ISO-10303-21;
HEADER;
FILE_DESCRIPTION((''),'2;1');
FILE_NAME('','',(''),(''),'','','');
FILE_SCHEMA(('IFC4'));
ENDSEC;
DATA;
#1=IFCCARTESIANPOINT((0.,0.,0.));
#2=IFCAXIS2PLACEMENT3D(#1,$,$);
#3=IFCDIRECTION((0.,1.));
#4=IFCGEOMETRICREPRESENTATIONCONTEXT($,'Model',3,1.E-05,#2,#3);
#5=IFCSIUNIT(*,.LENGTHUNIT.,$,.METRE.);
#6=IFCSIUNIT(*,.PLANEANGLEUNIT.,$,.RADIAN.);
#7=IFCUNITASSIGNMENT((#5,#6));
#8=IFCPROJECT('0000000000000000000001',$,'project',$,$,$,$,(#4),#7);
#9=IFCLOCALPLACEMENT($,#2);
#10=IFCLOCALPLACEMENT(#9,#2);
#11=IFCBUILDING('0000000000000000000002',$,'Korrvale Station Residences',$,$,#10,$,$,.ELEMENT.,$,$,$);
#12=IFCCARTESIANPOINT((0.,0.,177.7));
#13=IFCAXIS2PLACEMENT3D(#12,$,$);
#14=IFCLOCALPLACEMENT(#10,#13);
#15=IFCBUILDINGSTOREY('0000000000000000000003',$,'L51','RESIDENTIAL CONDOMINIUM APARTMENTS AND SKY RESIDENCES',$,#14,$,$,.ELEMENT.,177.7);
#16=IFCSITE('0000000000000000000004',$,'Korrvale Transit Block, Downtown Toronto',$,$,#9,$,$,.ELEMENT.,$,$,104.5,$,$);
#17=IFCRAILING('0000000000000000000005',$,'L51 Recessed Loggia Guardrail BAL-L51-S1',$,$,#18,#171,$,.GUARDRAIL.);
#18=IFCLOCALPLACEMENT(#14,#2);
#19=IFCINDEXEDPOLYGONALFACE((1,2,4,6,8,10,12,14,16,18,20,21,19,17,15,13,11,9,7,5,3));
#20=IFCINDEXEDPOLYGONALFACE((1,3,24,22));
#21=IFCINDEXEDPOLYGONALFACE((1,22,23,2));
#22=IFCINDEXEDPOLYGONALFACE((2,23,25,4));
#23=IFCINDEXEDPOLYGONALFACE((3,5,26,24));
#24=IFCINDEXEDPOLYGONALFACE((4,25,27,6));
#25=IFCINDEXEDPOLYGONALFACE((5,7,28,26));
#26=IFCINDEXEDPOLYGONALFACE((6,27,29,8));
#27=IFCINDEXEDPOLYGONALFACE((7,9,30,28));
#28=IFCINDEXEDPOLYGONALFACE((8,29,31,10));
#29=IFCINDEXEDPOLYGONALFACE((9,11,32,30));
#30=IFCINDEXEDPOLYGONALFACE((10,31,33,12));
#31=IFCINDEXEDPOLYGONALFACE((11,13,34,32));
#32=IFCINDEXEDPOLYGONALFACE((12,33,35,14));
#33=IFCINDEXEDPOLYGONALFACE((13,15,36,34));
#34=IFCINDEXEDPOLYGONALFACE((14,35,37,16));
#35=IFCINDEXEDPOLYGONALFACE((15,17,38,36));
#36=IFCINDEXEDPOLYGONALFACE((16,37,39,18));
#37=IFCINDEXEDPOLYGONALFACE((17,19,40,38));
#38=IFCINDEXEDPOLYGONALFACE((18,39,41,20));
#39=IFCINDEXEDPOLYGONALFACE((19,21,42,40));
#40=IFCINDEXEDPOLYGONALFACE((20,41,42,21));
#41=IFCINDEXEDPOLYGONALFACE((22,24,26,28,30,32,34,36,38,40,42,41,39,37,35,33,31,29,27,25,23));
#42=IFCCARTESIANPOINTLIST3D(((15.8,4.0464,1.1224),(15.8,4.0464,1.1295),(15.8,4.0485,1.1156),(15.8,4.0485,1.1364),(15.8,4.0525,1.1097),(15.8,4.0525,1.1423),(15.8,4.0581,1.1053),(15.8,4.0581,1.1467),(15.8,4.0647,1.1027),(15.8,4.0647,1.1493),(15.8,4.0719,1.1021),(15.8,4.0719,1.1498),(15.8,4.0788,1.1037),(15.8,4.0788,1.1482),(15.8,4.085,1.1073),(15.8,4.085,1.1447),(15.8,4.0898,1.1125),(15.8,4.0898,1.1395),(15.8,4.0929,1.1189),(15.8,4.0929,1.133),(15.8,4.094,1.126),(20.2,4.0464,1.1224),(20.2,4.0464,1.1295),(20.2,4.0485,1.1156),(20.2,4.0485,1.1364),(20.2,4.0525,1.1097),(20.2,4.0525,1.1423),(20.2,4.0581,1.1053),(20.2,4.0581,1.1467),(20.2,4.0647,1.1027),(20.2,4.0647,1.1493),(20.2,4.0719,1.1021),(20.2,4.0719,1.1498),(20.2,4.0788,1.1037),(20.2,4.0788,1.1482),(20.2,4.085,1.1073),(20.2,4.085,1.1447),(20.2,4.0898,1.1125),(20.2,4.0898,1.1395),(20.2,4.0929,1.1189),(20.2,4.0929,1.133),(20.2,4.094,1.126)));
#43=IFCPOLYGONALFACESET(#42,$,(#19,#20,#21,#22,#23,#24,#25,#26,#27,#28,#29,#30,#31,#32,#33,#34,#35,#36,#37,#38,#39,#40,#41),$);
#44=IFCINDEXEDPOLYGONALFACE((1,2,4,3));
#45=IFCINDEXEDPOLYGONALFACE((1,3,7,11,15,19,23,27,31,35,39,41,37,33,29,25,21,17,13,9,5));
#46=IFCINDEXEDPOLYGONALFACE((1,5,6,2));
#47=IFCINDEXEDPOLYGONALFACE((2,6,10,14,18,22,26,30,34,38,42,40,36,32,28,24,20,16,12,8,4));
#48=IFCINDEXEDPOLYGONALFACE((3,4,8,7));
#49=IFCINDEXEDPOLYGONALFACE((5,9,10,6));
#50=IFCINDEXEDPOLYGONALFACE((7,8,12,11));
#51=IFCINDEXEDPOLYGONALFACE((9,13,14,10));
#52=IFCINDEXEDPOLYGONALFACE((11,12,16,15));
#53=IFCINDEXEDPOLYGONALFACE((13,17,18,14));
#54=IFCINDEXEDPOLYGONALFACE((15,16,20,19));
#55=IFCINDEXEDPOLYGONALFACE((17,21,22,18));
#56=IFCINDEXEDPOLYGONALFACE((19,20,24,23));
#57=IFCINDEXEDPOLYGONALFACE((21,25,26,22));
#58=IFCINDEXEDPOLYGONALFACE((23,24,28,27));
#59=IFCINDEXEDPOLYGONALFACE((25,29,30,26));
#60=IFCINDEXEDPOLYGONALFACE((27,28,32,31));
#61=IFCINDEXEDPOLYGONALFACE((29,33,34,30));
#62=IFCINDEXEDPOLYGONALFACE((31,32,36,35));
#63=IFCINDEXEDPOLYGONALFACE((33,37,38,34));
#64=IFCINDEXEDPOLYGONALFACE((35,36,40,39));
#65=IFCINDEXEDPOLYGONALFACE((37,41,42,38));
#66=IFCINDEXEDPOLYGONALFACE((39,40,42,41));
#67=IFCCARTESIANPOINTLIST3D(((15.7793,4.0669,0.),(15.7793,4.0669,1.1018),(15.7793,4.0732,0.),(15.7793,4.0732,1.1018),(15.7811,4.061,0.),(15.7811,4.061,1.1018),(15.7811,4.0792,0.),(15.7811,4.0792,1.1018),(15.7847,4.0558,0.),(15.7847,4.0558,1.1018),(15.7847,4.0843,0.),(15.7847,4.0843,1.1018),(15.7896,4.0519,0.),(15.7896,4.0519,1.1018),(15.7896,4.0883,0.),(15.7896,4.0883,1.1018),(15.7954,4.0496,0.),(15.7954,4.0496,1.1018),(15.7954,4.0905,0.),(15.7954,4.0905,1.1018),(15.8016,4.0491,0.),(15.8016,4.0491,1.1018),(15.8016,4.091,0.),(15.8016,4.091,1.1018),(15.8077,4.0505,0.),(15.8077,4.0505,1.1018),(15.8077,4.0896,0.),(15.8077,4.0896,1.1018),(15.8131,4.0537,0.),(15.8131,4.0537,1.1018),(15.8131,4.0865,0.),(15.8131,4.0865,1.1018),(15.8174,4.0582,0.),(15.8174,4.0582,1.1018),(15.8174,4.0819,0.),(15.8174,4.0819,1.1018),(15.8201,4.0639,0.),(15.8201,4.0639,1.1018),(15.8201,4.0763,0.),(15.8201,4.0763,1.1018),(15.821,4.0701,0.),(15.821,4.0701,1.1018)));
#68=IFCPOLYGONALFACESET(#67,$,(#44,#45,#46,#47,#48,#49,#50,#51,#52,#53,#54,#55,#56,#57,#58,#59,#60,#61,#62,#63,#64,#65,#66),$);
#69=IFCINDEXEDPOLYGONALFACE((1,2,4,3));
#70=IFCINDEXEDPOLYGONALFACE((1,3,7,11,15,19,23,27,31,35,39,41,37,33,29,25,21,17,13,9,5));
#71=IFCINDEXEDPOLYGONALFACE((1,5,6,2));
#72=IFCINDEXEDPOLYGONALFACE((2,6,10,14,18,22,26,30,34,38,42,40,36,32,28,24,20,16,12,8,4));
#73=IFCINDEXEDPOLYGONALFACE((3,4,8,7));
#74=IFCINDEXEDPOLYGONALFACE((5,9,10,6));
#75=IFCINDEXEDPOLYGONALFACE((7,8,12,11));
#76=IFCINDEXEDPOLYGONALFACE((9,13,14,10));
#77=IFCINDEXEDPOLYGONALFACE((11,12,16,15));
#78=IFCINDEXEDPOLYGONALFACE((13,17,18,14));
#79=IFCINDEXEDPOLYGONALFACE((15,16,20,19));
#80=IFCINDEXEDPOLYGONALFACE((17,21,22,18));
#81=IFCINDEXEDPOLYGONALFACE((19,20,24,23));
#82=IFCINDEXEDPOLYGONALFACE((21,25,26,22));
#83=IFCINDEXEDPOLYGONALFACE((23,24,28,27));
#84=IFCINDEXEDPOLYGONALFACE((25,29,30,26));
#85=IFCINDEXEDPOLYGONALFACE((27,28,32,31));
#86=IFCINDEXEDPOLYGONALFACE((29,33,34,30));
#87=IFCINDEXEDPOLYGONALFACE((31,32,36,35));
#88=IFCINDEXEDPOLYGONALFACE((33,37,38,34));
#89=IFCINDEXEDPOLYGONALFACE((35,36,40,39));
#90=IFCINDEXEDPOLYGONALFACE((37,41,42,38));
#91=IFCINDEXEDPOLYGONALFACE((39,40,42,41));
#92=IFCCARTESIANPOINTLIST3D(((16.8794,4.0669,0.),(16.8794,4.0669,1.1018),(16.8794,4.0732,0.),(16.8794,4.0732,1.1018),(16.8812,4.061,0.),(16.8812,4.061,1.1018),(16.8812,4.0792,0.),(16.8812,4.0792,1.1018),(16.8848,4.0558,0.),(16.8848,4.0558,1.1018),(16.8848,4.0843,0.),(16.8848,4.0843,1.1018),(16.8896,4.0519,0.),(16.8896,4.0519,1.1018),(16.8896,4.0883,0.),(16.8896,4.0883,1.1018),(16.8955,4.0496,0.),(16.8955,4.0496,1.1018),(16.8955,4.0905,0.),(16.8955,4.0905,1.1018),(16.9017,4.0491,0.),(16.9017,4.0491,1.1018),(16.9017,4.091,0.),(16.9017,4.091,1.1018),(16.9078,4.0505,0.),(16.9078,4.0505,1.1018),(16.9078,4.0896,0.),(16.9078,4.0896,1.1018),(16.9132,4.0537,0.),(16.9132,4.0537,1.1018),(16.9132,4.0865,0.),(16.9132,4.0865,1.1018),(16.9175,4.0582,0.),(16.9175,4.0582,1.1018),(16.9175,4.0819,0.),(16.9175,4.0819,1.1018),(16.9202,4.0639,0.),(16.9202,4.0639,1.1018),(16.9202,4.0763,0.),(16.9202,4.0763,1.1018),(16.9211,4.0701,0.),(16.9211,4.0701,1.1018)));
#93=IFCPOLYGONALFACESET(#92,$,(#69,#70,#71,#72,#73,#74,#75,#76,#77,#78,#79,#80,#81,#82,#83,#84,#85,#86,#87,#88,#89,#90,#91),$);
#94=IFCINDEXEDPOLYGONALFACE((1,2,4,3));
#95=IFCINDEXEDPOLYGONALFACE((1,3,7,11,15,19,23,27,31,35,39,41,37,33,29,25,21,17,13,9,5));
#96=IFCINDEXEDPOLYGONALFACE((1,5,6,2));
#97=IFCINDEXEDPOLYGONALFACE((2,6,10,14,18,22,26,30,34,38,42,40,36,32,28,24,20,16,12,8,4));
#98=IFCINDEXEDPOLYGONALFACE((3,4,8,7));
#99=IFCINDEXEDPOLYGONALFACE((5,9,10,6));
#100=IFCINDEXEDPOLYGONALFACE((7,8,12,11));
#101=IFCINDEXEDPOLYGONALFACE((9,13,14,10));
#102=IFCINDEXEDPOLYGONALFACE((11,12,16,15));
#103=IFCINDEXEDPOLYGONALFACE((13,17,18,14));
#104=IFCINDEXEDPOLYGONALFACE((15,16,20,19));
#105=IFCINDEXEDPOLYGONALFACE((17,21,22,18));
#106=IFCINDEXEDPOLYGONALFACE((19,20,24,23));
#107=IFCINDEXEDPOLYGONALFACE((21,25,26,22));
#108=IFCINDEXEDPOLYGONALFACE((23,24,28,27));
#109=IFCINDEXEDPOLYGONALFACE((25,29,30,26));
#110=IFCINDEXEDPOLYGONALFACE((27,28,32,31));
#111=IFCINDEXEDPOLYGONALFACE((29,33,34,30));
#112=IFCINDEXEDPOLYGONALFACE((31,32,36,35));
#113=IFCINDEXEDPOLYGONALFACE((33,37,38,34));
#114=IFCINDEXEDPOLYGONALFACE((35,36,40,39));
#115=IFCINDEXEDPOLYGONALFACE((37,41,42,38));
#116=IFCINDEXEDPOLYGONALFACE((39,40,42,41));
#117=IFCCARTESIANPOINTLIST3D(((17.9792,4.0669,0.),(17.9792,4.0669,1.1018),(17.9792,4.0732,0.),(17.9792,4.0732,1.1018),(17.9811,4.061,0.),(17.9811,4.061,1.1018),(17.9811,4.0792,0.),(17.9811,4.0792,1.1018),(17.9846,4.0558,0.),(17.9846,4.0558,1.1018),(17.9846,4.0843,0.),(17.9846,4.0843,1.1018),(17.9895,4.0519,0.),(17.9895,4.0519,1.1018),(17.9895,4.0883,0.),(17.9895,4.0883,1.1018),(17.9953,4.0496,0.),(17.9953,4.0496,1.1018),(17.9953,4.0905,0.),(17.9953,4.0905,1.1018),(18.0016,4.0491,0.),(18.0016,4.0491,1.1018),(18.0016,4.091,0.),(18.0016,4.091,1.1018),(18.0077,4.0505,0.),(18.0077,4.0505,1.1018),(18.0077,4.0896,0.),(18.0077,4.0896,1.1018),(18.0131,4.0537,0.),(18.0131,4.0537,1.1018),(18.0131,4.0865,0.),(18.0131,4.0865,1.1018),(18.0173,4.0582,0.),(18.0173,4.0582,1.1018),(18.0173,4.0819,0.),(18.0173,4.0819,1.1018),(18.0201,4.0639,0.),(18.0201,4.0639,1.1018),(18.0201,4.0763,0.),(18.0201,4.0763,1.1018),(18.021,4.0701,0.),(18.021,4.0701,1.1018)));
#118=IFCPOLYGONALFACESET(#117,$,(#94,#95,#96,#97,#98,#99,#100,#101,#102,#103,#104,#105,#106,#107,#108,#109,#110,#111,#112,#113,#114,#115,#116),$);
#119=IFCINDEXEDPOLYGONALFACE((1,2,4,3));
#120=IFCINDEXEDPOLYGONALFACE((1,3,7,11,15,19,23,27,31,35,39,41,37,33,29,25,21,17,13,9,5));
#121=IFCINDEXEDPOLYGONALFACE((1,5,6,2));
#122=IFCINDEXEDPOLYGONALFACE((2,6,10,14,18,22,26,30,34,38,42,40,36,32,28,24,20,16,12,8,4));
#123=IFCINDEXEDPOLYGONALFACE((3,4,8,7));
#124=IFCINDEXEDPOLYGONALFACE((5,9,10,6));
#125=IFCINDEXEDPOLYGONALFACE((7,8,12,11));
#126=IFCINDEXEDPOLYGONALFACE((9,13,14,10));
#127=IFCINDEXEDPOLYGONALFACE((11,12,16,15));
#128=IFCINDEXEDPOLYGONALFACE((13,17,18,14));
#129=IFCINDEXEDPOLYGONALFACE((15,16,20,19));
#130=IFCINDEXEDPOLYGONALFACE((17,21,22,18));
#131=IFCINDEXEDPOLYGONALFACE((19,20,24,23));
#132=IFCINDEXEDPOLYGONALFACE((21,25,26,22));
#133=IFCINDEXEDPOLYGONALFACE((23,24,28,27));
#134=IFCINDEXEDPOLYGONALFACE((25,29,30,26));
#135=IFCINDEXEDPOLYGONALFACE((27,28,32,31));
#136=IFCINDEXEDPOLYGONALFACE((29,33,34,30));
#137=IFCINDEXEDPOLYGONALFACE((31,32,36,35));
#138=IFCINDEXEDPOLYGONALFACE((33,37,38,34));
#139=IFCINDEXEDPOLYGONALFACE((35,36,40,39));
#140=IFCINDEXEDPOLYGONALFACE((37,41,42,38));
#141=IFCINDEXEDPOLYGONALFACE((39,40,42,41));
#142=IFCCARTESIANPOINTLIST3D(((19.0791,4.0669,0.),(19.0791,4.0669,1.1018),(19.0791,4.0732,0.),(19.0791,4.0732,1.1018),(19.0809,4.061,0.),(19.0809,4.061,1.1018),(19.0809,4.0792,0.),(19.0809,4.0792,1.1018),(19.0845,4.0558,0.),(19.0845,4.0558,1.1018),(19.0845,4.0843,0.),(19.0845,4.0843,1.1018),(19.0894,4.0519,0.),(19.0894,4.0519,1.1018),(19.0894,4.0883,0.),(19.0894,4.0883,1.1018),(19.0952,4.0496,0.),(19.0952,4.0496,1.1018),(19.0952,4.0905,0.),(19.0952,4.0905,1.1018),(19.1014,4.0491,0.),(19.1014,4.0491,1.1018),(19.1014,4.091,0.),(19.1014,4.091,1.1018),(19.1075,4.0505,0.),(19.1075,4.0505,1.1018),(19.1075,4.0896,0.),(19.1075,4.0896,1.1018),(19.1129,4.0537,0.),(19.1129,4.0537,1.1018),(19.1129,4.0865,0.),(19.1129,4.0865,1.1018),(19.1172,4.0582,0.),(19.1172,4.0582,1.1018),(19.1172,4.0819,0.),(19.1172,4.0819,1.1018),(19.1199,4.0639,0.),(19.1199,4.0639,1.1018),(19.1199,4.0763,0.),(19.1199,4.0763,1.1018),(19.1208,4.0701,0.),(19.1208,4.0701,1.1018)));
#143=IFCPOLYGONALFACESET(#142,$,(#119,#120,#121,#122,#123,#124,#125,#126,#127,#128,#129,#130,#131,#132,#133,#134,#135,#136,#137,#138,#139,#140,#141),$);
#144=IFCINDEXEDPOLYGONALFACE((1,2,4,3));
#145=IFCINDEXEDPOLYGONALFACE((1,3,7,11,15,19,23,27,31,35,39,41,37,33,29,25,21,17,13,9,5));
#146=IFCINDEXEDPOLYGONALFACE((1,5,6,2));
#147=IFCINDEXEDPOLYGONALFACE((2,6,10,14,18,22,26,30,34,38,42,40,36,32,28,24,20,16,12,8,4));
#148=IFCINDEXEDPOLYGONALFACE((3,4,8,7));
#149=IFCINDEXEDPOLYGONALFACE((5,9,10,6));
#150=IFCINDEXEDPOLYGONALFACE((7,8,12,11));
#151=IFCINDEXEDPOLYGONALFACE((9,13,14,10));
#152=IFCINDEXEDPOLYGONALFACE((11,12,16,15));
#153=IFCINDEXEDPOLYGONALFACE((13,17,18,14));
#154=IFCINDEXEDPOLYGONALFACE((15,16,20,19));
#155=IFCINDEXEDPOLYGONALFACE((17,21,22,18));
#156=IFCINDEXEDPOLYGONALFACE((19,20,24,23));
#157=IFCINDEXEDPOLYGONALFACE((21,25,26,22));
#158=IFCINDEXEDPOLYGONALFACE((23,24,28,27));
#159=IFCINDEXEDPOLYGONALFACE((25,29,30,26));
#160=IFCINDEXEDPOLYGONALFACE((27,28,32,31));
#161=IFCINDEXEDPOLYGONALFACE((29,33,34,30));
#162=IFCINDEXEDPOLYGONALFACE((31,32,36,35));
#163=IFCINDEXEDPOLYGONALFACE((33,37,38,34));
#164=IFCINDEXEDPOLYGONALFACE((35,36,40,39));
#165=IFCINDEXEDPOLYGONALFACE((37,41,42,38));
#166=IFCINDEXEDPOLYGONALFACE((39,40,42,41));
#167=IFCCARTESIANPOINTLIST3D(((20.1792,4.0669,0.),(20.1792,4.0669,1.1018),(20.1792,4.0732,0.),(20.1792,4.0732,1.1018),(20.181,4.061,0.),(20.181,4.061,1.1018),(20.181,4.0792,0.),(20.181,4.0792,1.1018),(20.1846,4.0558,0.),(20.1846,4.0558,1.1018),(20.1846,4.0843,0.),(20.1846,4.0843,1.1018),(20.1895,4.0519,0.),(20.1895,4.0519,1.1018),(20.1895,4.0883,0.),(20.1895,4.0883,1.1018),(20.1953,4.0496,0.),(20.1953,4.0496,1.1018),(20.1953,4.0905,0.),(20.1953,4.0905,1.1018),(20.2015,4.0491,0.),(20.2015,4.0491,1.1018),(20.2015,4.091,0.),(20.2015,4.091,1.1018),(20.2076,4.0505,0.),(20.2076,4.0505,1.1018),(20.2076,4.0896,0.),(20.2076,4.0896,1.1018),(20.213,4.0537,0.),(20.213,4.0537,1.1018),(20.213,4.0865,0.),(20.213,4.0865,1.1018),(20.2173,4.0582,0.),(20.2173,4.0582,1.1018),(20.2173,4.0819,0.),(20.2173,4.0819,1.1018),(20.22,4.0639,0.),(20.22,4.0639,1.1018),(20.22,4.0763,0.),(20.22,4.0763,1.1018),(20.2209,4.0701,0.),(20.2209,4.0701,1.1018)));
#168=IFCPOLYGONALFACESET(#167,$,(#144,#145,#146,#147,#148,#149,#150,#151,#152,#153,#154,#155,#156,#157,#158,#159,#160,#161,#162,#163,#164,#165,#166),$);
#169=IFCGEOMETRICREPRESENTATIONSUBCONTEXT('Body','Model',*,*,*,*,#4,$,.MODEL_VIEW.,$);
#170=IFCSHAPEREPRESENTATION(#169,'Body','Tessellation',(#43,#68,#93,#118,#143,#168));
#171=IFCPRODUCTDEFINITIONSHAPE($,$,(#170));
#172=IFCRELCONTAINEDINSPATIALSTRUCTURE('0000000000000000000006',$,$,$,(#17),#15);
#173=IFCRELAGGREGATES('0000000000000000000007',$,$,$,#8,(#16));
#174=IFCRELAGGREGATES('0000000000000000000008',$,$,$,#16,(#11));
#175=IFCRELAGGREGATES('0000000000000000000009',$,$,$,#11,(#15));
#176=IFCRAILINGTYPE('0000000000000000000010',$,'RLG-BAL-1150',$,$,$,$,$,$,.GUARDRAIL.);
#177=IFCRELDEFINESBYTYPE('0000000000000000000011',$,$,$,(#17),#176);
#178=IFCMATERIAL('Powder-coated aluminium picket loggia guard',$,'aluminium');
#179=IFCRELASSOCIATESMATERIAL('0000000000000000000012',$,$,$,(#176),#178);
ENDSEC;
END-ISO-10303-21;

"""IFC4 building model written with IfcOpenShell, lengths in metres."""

from ifc_helpers import new_model, si_unit, direction, frame, origin, origin_2d, place, context, subcontext, project, spatial, circle, extrude, material, type_object, element, save


model = new_model("IFC4")

# Units and contexts
model_context = context("Model", 3, precision=1e-05, world=origin(), true_north=direction((0.0, 1.0)))
body_context = subcontext(model_context, "Body", "Model", "MODEL_VIEW")
ifc_project = project(units=[si_unit("LENGTHUNIT", "METRE"), si_unit("PLANEANGLEUNIT", "RADIAN")], contexts=[model_context])

# Site, building, storey
site_placement = place(None, origin())
site = spatial("IfcSite", under=ifc_project, at=site_placement, Name="Korrvale Transit Block, Downtown Toronto", CompositionType="ELEMENT", RefElevation=104.5)
building_placement = place(site_placement, origin())
building = spatial("IfcBuilding", under=site, at=building_placement, Name="Korrvale Station Residences", CompositionType="ELEMENT")
storey_placement = place(building_placement, frame((0.0, 0.0, 177.7)))
storey = spatial("IfcBuildingStorey", under=building, at=storey_placement, Name="L51", Description="RESIDENTIAL CONDOMINIUM APARTMENTS AND SKY RESIDENCES", CompositionType="ELEMENT", Elevation=177.7)

# Railing
ifc_material_1 = material(Name="Powder-coated aluminium picket loggia guard", Category="aluminium")
railing_type = type_object("IfcRailingType", Name="RLG-BAL-1150", PredefinedType="GUARDRAIL", material=ifc_material_1)
railing_placement = place(storey_placement, frame((15.8, 4.0701, 0.0)))
element("IfcRailing", 1, at=railing_placement, inside=storey, type_object=railing_type, Name="L51 Recessed Loggia Guardrail BAL-L51-S1", PredefinedType="GUARDRAIL", context=body_context, shape_type="SweptSolid", body=[
    extrude(circle(Radius=0.0239, at=origin_2d()), frame((0.0, 0.0, 1.126), z_axis=(1.0, 0.0, 0.0), x_axis=(0.0, 1.0, 0.0)), (0.0, 0.0, 1.0), 4.3999),
    extrude(circle(Radius=0.021, at=origin_2d()), origin(), (0.0, 0.0, 1.0), 1.1018),
    extrude(circle(Radius=0.021, at=origin_2d()), frame((1.1001, 0.0, 0.0)), (0.0, 0.0, 1.0), 1.1018),
    extrude(circle(Radius=0.021, at=origin_2d()), frame((2.2, 0.0, 0.0)), (0.0, 0.0, 1.0), 1.1018),
    extrude(circle(Radius=0.021, at=origin_2d()), frame((3.2998, 0.0, 0.0)), (0.0, 0.0, 1.0), 1.1018),
    extrude(circle(Radius=0.021, at=origin_2d()), frame((4.3999, 0.0, 0.0)), (0.0, 0.0, 1.0), 1.1018),
])

save(model, "model.ifc")
